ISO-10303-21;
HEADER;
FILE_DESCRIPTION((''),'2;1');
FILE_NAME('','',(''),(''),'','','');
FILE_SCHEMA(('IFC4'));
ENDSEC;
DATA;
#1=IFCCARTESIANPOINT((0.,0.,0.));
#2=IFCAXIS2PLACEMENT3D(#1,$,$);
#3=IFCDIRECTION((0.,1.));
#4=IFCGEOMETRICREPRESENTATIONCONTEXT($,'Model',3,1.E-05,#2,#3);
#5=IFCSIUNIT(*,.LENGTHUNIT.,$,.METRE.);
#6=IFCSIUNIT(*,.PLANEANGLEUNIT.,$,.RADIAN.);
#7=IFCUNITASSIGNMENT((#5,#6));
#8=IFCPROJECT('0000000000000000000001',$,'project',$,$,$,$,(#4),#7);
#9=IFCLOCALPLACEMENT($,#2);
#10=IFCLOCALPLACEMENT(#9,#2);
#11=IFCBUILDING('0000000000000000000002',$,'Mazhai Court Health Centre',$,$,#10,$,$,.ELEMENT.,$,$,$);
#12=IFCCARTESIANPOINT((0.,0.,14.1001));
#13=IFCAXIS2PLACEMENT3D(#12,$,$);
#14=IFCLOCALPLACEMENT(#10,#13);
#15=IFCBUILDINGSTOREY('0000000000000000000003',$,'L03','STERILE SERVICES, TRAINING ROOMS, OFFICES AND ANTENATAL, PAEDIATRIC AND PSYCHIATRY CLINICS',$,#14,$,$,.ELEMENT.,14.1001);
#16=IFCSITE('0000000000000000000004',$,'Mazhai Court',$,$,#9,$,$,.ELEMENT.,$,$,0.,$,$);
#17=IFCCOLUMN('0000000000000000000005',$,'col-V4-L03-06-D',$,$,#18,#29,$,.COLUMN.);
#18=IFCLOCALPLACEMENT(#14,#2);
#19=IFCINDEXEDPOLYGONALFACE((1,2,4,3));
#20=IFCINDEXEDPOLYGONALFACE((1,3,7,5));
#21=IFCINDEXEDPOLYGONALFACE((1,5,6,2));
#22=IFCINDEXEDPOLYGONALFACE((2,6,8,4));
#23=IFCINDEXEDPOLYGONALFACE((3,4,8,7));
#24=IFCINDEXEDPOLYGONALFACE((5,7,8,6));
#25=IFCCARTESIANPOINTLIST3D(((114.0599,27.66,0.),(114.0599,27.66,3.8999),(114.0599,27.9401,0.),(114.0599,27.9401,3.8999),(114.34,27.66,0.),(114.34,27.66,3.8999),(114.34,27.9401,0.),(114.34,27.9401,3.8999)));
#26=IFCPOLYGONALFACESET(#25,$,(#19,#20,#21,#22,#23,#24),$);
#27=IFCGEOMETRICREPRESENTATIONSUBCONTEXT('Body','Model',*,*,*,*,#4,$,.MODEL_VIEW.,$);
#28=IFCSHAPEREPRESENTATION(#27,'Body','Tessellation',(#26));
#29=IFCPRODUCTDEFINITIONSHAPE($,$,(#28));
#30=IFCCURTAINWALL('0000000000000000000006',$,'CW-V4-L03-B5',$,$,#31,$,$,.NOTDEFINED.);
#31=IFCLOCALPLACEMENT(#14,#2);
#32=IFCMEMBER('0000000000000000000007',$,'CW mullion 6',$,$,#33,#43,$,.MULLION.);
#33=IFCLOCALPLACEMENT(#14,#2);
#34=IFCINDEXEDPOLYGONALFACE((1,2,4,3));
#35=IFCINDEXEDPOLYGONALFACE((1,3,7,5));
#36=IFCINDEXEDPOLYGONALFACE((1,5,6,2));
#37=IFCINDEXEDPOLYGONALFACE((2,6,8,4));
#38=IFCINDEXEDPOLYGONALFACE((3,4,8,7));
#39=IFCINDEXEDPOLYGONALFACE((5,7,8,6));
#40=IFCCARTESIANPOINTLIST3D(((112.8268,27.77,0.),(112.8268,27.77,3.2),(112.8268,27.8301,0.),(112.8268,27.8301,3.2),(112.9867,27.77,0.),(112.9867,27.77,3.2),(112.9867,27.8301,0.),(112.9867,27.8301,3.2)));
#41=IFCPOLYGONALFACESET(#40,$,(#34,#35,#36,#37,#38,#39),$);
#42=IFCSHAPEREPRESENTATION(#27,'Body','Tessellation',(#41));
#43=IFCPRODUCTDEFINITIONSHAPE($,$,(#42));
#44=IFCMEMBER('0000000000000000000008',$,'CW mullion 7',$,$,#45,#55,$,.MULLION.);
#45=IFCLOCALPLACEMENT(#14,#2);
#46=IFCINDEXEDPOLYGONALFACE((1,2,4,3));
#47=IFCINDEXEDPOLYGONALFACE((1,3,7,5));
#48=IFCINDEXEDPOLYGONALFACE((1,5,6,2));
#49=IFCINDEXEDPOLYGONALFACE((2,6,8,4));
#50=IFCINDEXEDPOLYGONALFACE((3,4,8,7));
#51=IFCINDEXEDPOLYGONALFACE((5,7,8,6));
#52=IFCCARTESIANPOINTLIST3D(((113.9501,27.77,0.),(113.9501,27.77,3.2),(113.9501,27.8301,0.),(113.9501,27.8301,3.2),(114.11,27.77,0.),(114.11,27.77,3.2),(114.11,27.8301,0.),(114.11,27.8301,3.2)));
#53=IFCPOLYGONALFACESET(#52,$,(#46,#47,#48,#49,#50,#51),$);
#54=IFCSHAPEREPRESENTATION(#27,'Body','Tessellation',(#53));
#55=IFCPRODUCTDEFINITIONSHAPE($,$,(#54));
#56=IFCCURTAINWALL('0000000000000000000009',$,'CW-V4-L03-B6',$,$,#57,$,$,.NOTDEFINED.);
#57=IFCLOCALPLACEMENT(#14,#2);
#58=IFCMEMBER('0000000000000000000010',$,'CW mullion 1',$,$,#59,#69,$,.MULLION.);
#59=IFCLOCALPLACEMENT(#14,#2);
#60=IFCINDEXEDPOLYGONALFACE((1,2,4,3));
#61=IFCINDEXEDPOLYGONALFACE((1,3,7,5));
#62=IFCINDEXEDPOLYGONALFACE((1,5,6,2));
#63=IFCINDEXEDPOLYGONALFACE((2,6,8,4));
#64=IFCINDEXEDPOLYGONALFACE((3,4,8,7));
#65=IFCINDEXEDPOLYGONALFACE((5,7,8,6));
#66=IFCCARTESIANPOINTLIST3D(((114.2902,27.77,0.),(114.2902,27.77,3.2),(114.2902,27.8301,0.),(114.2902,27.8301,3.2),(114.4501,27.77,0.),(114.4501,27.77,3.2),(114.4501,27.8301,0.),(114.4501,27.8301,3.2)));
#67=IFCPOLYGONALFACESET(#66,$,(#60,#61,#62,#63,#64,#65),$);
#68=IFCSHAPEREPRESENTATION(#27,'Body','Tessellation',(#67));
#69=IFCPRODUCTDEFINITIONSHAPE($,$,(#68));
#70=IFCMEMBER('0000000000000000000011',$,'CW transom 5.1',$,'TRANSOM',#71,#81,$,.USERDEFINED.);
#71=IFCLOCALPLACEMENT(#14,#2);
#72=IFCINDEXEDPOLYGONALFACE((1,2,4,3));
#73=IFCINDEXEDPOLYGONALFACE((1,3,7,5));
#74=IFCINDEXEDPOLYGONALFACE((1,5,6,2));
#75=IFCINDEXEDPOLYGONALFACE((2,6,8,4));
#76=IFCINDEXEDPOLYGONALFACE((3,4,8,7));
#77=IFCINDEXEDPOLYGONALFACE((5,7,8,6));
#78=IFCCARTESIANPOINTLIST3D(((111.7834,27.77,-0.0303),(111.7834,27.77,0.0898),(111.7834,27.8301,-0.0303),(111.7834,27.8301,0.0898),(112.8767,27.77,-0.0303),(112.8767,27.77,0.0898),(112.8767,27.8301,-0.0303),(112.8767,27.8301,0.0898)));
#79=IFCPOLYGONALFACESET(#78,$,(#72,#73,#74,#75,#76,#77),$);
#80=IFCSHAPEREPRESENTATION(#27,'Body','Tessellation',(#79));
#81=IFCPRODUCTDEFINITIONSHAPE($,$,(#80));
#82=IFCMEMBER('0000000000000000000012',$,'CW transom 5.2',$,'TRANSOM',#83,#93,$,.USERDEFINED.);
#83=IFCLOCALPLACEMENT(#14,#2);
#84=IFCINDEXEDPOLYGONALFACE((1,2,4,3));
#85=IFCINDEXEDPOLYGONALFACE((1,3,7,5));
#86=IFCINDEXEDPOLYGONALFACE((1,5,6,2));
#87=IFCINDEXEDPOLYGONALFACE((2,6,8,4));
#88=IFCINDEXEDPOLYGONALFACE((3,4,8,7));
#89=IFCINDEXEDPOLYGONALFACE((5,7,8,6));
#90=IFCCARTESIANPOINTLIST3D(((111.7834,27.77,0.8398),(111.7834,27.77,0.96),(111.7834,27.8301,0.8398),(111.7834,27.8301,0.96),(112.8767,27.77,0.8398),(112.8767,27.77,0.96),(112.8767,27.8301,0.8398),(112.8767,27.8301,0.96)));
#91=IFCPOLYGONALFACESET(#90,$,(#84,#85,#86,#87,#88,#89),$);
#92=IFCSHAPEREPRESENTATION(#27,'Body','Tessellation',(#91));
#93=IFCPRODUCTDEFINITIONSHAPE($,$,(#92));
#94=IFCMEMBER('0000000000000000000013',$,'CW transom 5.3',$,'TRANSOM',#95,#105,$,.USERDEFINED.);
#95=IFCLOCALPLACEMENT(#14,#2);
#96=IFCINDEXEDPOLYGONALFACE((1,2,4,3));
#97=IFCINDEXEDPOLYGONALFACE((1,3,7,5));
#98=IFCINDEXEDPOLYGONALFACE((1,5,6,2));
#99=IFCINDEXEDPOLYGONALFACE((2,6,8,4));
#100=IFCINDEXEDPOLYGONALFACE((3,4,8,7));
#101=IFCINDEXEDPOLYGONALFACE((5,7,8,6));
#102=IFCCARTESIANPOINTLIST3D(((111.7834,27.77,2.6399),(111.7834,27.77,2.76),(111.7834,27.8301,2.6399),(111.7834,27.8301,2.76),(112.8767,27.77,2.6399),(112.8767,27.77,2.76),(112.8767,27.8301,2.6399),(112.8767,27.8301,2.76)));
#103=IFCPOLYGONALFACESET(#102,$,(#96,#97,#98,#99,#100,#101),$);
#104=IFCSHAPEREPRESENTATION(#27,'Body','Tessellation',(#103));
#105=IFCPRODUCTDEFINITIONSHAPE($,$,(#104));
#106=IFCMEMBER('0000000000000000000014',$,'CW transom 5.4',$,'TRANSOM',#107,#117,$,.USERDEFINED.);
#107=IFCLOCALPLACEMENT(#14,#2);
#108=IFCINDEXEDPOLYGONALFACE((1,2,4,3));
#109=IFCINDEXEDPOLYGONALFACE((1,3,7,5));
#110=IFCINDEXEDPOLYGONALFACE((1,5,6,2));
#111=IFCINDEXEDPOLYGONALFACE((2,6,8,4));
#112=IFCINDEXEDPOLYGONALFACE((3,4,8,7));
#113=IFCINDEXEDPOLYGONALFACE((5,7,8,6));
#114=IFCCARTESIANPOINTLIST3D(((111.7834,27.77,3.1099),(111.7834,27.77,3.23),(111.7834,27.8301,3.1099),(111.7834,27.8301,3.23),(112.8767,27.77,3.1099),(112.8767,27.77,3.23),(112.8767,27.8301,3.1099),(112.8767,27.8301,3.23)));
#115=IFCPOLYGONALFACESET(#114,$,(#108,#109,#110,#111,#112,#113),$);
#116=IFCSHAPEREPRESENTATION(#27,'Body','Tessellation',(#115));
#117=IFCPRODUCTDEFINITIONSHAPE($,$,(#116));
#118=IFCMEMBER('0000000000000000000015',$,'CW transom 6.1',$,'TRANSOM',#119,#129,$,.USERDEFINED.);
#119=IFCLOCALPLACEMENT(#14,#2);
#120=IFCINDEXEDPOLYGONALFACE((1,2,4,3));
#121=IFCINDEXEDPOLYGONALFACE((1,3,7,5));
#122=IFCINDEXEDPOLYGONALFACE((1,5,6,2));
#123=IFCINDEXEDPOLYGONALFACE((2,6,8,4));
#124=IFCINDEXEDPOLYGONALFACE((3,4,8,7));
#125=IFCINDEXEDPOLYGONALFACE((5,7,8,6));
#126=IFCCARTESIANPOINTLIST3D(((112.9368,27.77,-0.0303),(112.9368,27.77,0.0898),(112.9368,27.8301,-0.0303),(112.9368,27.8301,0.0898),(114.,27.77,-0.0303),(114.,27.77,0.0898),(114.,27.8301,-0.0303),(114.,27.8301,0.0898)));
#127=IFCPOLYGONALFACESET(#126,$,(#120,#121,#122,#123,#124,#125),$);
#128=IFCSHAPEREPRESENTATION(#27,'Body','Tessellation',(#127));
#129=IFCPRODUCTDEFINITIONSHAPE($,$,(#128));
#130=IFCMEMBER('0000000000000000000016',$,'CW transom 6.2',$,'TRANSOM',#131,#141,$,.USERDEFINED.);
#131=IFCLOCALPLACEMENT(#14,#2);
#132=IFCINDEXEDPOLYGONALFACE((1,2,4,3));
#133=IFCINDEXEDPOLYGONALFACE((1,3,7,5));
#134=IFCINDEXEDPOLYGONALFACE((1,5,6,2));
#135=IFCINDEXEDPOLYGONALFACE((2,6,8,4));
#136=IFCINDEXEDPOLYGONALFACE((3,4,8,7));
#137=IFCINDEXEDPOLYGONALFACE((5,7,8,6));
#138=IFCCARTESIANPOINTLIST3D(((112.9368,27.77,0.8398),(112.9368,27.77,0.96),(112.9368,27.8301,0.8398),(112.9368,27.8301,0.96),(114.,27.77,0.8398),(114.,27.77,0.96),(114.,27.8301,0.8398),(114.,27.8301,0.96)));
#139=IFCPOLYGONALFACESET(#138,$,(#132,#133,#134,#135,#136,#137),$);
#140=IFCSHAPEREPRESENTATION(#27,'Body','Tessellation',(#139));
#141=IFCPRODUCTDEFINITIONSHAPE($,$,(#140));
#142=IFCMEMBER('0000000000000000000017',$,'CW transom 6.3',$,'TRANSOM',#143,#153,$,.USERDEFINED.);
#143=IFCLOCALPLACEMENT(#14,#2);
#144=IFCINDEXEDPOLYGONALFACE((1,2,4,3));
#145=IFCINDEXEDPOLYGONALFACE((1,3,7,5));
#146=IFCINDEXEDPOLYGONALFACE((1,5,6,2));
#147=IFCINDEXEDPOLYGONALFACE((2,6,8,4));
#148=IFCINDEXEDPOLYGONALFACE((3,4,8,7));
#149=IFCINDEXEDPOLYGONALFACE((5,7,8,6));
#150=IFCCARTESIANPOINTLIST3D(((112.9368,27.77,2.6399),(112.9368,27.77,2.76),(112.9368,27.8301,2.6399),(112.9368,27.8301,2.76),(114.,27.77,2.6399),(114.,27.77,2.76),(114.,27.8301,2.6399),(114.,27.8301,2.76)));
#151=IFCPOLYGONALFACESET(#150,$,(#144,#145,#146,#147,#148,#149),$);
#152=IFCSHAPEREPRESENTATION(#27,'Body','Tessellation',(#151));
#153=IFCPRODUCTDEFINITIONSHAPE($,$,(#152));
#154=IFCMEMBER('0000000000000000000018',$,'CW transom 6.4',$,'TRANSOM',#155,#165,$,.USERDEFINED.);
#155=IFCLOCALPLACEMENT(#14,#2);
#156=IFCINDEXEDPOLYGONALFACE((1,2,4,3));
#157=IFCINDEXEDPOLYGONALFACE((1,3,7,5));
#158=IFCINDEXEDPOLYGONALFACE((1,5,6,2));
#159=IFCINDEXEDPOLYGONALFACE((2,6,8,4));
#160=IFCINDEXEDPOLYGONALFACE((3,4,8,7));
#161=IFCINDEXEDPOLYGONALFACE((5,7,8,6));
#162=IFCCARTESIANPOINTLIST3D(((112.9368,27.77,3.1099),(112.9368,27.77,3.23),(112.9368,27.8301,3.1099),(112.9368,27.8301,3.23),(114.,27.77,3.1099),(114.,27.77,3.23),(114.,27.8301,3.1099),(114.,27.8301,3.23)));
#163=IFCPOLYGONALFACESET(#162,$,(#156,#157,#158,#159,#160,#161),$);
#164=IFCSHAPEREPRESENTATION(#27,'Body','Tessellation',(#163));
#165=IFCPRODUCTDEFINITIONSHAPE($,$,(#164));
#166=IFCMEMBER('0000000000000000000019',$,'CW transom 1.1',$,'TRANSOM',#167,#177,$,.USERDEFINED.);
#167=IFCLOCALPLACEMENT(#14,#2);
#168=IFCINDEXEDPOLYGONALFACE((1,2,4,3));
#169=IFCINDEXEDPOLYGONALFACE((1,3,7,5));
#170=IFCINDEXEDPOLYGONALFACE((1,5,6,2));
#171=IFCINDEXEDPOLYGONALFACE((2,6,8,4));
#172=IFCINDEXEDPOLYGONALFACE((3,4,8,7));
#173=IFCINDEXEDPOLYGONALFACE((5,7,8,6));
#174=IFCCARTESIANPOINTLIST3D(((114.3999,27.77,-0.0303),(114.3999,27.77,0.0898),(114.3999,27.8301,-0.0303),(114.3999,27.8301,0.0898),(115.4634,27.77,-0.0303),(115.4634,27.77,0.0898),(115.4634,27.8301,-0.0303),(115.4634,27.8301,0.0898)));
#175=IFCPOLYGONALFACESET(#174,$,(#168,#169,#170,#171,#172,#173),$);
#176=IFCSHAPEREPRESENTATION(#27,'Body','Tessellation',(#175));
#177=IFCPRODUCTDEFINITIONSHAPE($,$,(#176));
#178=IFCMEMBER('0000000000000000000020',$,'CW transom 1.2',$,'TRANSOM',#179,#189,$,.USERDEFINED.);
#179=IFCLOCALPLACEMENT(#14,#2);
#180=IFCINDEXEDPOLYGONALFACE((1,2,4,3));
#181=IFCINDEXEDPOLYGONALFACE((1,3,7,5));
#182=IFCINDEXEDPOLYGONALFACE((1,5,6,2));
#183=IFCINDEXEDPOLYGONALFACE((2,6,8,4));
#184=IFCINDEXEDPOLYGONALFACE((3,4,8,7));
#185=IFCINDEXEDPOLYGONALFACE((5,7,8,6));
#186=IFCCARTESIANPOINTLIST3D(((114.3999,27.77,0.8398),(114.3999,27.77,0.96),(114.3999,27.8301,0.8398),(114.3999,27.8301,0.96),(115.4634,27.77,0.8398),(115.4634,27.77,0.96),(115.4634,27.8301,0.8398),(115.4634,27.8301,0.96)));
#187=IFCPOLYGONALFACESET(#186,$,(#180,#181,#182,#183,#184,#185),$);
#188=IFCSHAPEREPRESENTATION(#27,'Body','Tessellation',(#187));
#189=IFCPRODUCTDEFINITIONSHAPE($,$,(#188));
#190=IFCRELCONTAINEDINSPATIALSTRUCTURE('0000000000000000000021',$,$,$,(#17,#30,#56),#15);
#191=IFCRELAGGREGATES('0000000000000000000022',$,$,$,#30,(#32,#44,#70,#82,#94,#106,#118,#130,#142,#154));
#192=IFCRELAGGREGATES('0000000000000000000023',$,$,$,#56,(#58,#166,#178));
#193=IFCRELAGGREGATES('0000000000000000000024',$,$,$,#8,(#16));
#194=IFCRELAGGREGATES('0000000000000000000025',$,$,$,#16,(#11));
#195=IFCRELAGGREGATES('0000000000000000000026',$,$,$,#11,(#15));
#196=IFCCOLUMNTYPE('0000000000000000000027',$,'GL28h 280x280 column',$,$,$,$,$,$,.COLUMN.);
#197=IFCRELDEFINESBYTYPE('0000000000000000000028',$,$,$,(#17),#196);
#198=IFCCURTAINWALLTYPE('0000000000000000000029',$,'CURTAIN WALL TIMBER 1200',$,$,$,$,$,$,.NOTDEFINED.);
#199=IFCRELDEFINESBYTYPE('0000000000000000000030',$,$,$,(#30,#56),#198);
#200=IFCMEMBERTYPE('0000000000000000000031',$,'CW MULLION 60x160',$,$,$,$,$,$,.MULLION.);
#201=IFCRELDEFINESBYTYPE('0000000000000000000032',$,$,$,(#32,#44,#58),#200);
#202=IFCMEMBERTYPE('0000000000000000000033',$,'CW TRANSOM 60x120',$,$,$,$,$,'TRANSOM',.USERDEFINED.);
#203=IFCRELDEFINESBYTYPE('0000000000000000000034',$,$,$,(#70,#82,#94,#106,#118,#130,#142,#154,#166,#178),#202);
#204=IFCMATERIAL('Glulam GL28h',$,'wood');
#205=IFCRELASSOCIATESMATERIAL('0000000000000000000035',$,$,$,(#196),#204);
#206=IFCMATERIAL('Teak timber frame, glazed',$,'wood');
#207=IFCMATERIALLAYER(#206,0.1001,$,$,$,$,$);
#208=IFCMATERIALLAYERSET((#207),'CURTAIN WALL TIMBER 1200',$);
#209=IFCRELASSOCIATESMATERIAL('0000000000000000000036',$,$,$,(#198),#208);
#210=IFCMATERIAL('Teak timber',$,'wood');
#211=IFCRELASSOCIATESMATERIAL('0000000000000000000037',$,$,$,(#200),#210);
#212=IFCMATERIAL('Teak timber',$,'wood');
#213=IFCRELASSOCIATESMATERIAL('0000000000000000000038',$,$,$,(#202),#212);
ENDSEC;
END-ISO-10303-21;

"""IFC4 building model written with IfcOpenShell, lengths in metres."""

from ifc_helpers import new_model, si_unit, direction, frame, origin, origin_2d, place, context, subcontext, project, spatial, rectangle, extrude, material, layer, layer_set, material_profile, profile_set, type_object, element, aggregate, save


model = new_model("IFC4")

# Units and contexts
model_context = context("Model", 3, precision=1e-05, world=origin(), true_north=direction((0.0, 1.0)))
body_context = subcontext(model_context, "Body", "Model", "MODEL_VIEW")
ifc_project = project(units=[si_unit("LENGTHUNIT", "METRE"), si_unit("PLANEANGLEUNIT", "RADIAN")], contexts=[model_context])

# Site, building, storey
site_placement = place(None, origin())
site = spatial("IfcSite", under=ifc_project, at=site_placement, Name="Mazhai Court", CompositionType="ELEMENT", RefElevation=0.0)
building_placement = place(site_placement, origin())
building = spatial("IfcBuilding", under=site, at=building_placement, Name="Mazhai Court Health Centre", CompositionType="ELEMENT")
storey_placement = place(building_placement, frame((0.0, 0.0, 14.1001)))
storey = spatial("IfcBuildingStorey", under=building, at=storey_placement, Name="L03", Description="STERILE SERVICES, TRAINING ROOMS, OFFICES AND ANTENATAL, PAEDIATRIC AND PSYCHIATRY CLINICS", CompositionType="ELEMENT", Elevation=14.1001)

# Column
ifc_material_1 = material(Name="Glulam GL28h", Category="wood")
ifc_material_profile_1 = material_profile(ifc_material_1, rectangle(XDim=0.28, YDim=0.28, at=origin_2d()), Name="GL28h 280x280")
ifc_profile_set_1 = profile_set([ifc_material_profile_1], Name="Glulam GL28h")
column_type = type_object("IfcColumnType", Name="GL28h 280x280 column", PredefinedType="COLUMN", material=ifc_profile_set_1)
column_placement = place(storey_placement, frame((114.2, 27.8, 0.0), z_axis=(0.0, 0.0, 1.0), x_axis=(1.0, 0.0, 0.0)))
element("IfcColumn", 1, at=column_placement, inside=storey, type_object=column_type, Name="col-V4-L03-06-D", PredefinedType="COLUMN", context=body_context, shape_type="SweptSolid", body=[
    extrude(rectangle(XDim=0.28, YDim=0.28, at=origin_2d()), origin(), (0.0, 0.0, 1.0), 3.8999),
])

# Curtain wall, members
ifc_material_2 = material(Name="Teak timber frame, glazed", Category="wood")
ifc_layer_1 = layer(ifc_material_2, 0.1001)
ifc_layer_set_1 = layer_set([ifc_layer_1], Name="CURTAIN WALL TIMBER 1200")
curtain_wall_type = type_object("IfcCurtainWallType", Name="CURTAIN WALL TIMBER 1200", PredefinedType="NOTDEFINED", material=ifc_layer_set_1)
curtain_wall_1_placement = place(storey_placement, origin())
curtain_wall_1 = element("IfcCurtainWall", 2, at=curtain_wall_1_placement, inside=storey, type_object=curtain_wall_type, Name="CW-V4-L03-B5", PredefinedType="NOTDEFINED")
ifc_material_3 = material(Name="Teak timber", Category="wood")
ifc_material_profile_2 = material_profile(ifc_material_3, rectangle(XDim=0.0601, YDim=0.1599, at=origin_2d()), Name="CW MULLION 60x160")
ifc_profile_set_2 = profile_set([ifc_material_profile_2], Name="Teak timber")
member_type_1 = type_object("IfcMemberType", Name="CW MULLION 60x160", PredefinedType="MULLION", material=ifc_profile_set_2)
member_1_placement = place(storey_placement, frame((112.9067, 27.8, 0.0), z_axis=(0.0, 0.0, 1.0), x_axis=(0.0, 1.0, 0.0)))
member_1 = element("IfcMember", 3, at=member_1_placement, type_object=member_type_1, Name="CW mullion 6", PredefinedType="MULLION", context=body_context, shape_type="SweptSolid", body=[
    extrude(rectangle(XDim=0.0601, YDim=0.1599, at=origin_2d()), origin(), (0.0, 0.0, 1.0), 3.2),
])
member_2_placement = place(storey_placement, frame((114.03, 27.8, 0.0), z_axis=(0.0, 0.0, 1.0), x_axis=(0.0, 1.0, 0.0)))
member_2 = element("IfcMember", 4, at=member_2_placement, type_object=member_type_1, Name="CW mullion 7", PredefinedType="MULLION", context=body_context, shape_type="SweptSolid", body=[
    extrude(rectangle(XDim=0.0601, YDim=0.1599, at=origin_2d()), origin(), (0.0, 0.0, 1.0), 3.2),
])

# Curtain wall, member
curtain_wall_2_placement = place(storey_placement, origin())
curtain_wall_2 = element("IfcCurtainWall", 5, at=curtain_wall_2_placement, inside=storey, type_object=curtain_wall_type, Name="CW-V4-L03-B6", PredefinedType="NOTDEFINED")
member_3_placement = place(storey_placement, frame((114.3701, 27.8, 0.0), z_axis=(0.0, 0.0, 1.0), x_axis=(0.0, 1.0, 0.0)))
member_3 = element("IfcMember", 6, at=member_3_placement, type_object=member_type_1, Name="CW mullion 1", PredefinedType="MULLION", context=body_context, shape_type="SweptSolid", body=[
    extrude(rectangle(XDim=0.0601, YDim=0.1599, at=origin_2d()), origin(), (0.0, 0.0, 1.0), 3.2),
])

# Members
ifc_material_4 = material(Name="Teak timber", Category="wood")
ifc_material_profile_3 = material_profile(ifc_material_4, rectangle(XDim=0.0601, YDim=0.1201, at=origin_2d()), Name="CW TRANSOM 60x120")
ifc_profile_set_3 = profile_set([ifc_material_profile_3], Name="Teak timber")
member_type_2 = type_object("IfcMemberType", Name="CW TRANSOM 60x120", ElementType="TRANSOM", PredefinedType="USERDEFINED", material=ifc_profile_set_3)
member_4_placement = place(storey_placement, frame((111.7834, 27.8, 0.0298), z_axis=(1.0, 0.0, 0.0), x_axis=(0.0, 1.0, 0.0)))
member_4 = element("IfcMember", 7, at=member_4_placement, type_object=member_type_2, Name="CW transom 5.1", ObjectType="TRANSOM", PredefinedType="USERDEFINED", context=body_context, shape_type="SweptSolid", body=[
    extrude(rectangle(XDim=0.0601, YDim=0.1201, at=origin_2d()), origin(), (0.0, 0.0, 1.0), 1.0933),
])
member_5_placement = place(storey_placement, frame((111.7834, 27.8, 0.8999), z_axis=(1.0, 0.0, 0.0), x_axis=(0.0, 1.0, 0.0)))
member_5 = element("IfcMember", 8, at=member_5_placement, type_object=member_type_2, Name="CW transom 5.2", ObjectType="TRANSOM", PredefinedType="USERDEFINED", context=body_context, shape_type="SweptSolid", body=[
    extrude(rectangle(XDim=0.0601, YDim=0.1201, at=origin_2d()), origin(), (0.0, 0.0, 1.0), 1.0933),
])
member_6_placement = place(storey_placement, frame((111.7834, 27.8, 2.7), z_axis=(1.0, 0.0, 0.0), x_axis=(0.0, 1.0, 0.0)))
member_6 = element("IfcMember", 9, at=member_6_placement, type_object=member_type_2, Name="CW transom 5.3", ObjectType="TRANSOM", PredefinedType="USERDEFINED", context=body_context, shape_type="SweptSolid", body=[
    extrude(rectangle(XDim=0.0601, YDim=0.1201, at=origin_2d()), origin(), (0.0, 0.0, 1.0), 1.0933),
])
member_7_placement = place(storey_placement, frame((111.7834, 27.8, 3.1699), z_axis=(1.0, 0.0, 0.0), x_axis=(0.0, 1.0, 0.0)))
member_7 = element("IfcMember", 10, at=member_7_placement, type_object=member_type_2, Name="CW transom 5.4", ObjectType="TRANSOM", PredefinedType="USERDEFINED", context=body_context, shape_type="SweptSolid", body=[
    extrude(rectangle(XDim=0.0601, YDim=0.1201, at=origin_2d()), origin(), (0.0, 0.0, 1.0), 1.0933),
])
member_8_placement = place(storey_placement, frame((112.9368, 27.8, 0.0298), z_axis=(1.0, 0.0, 0.0), x_axis=(0.0, 1.0, 0.0)))
member_8 = element("IfcMember", 11, at=member_8_placement, type_object=member_type_2, Name="CW transom 6.1", ObjectType="TRANSOM", PredefinedType="USERDEFINED", context=body_context, shape_type="SweptSolid", body=[
    extrude(rectangle(XDim=0.0601, YDim=0.1201, at=origin_2d()), origin(), (0.0, 0.0, 1.0), 1.0632),
])
member_9_placement = place(storey_placement, frame((112.9368, 27.8, 0.8999), z_axis=(1.0, 0.0, 0.0), x_axis=(0.0, 1.0, 0.0)))
member_9 = element("IfcMember", 12, at=member_9_placement, type_object=member_type_2, Name="CW transom 6.2", ObjectType="TRANSOM", PredefinedType="USERDEFINED", context=body_context, shape_type="SweptSolid", body=[
    extrude(rectangle(XDim=0.0601, YDim=0.1201, at=origin_2d()), origin(), (0.0, 0.0, 1.0), 1.0632),
])
member_10_placement = place(storey_placement, frame((112.9368, 27.8, 2.7), z_axis=(1.0, 0.0, 0.0), x_axis=(0.0, 1.0, 0.0)))
member_10 = element("IfcMember", 13, at=member_10_placement, type_object=member_type_2, Name="CW transom 6.3", ObjectType="TRANSOM", PredefinedType="USERDEFINED", context=body_context, shape_type="SweptSolid", body=[
    extrude(rectangle(XDim=0.0601, YDim=0.1201, at=origin_2d()), origin(), (0.0, 0.0, 1.0), 1.0632),
])
member_11_placement = place(storey_placement, frame((112.9368, 27.8, 3.1699), z_axis=(1.0, 0.0, 0.0), x_axis=(0.0, 1.0, 0.0)))
member_11 = element("IfcMember", 14, at=member_11_placement, type_object=member_type_2, Name="CW transom 6.4", ObjectType="TRANSOM", PredefinedType="USERDEFINED", context=body_context, shape_type="SweptSolid", body=[
    extrude(rectangle(XDim=0.0601, YDim=0.1201, at=origin_2d()), origin(), (0.0, 0.0, 1.0), 1.0632),
])
member_12_placement = place(storey_placement, frame((114.3999, 27.8, 0.0298), z_axis=(1.0, 0.0, 0.0), x_axis=(0.0, 1.0, 0.0)))
member_12 = element("IfcMember", 15, at=member_12_placement, type_object=member_type_2, Name="CW transom 1.1", ObjectType="TRANSOM", PredefinedType="USERDEFINED", context=body_context, shape_type="SweptSolid", body=[
    extrude(rectangle(XDim=0.0601, YDim=0.1201, at=origin_2d()), origin(), (0.0, 0.0, 1.0), 1.0635),
])
member_13_placement = place(storey_placement, frame((114.3999, 27.8, 0.8999), z_axis=(1.0, 0.0, 0.0), x_axis=(0.0, 1.0, 0.0)))
member_13 = element("IfcMember", 16, at=member_13_placement, type_object=member_type_2, Name="CW transom 1.2", ObjectType="TRANSOM", PredefinedType="USERDEFINED", context=body_context, shape_type="SweptSolid", body=[
    extrude(rectangle(XDim=0.0601, YDim=0.1201, at=origin_2d()), origin(), (0.0, 0.0, 1.0), 1.0635),
])

aggregate(curtain_wall_1, [member_1, member_2, member_4, member_5, member_6, member_7, member_8, member_9, member_10, member_11])
aggregate(curtain_wall_2, [member_3, member_12, member_13])

save(model, "model.ifc")
